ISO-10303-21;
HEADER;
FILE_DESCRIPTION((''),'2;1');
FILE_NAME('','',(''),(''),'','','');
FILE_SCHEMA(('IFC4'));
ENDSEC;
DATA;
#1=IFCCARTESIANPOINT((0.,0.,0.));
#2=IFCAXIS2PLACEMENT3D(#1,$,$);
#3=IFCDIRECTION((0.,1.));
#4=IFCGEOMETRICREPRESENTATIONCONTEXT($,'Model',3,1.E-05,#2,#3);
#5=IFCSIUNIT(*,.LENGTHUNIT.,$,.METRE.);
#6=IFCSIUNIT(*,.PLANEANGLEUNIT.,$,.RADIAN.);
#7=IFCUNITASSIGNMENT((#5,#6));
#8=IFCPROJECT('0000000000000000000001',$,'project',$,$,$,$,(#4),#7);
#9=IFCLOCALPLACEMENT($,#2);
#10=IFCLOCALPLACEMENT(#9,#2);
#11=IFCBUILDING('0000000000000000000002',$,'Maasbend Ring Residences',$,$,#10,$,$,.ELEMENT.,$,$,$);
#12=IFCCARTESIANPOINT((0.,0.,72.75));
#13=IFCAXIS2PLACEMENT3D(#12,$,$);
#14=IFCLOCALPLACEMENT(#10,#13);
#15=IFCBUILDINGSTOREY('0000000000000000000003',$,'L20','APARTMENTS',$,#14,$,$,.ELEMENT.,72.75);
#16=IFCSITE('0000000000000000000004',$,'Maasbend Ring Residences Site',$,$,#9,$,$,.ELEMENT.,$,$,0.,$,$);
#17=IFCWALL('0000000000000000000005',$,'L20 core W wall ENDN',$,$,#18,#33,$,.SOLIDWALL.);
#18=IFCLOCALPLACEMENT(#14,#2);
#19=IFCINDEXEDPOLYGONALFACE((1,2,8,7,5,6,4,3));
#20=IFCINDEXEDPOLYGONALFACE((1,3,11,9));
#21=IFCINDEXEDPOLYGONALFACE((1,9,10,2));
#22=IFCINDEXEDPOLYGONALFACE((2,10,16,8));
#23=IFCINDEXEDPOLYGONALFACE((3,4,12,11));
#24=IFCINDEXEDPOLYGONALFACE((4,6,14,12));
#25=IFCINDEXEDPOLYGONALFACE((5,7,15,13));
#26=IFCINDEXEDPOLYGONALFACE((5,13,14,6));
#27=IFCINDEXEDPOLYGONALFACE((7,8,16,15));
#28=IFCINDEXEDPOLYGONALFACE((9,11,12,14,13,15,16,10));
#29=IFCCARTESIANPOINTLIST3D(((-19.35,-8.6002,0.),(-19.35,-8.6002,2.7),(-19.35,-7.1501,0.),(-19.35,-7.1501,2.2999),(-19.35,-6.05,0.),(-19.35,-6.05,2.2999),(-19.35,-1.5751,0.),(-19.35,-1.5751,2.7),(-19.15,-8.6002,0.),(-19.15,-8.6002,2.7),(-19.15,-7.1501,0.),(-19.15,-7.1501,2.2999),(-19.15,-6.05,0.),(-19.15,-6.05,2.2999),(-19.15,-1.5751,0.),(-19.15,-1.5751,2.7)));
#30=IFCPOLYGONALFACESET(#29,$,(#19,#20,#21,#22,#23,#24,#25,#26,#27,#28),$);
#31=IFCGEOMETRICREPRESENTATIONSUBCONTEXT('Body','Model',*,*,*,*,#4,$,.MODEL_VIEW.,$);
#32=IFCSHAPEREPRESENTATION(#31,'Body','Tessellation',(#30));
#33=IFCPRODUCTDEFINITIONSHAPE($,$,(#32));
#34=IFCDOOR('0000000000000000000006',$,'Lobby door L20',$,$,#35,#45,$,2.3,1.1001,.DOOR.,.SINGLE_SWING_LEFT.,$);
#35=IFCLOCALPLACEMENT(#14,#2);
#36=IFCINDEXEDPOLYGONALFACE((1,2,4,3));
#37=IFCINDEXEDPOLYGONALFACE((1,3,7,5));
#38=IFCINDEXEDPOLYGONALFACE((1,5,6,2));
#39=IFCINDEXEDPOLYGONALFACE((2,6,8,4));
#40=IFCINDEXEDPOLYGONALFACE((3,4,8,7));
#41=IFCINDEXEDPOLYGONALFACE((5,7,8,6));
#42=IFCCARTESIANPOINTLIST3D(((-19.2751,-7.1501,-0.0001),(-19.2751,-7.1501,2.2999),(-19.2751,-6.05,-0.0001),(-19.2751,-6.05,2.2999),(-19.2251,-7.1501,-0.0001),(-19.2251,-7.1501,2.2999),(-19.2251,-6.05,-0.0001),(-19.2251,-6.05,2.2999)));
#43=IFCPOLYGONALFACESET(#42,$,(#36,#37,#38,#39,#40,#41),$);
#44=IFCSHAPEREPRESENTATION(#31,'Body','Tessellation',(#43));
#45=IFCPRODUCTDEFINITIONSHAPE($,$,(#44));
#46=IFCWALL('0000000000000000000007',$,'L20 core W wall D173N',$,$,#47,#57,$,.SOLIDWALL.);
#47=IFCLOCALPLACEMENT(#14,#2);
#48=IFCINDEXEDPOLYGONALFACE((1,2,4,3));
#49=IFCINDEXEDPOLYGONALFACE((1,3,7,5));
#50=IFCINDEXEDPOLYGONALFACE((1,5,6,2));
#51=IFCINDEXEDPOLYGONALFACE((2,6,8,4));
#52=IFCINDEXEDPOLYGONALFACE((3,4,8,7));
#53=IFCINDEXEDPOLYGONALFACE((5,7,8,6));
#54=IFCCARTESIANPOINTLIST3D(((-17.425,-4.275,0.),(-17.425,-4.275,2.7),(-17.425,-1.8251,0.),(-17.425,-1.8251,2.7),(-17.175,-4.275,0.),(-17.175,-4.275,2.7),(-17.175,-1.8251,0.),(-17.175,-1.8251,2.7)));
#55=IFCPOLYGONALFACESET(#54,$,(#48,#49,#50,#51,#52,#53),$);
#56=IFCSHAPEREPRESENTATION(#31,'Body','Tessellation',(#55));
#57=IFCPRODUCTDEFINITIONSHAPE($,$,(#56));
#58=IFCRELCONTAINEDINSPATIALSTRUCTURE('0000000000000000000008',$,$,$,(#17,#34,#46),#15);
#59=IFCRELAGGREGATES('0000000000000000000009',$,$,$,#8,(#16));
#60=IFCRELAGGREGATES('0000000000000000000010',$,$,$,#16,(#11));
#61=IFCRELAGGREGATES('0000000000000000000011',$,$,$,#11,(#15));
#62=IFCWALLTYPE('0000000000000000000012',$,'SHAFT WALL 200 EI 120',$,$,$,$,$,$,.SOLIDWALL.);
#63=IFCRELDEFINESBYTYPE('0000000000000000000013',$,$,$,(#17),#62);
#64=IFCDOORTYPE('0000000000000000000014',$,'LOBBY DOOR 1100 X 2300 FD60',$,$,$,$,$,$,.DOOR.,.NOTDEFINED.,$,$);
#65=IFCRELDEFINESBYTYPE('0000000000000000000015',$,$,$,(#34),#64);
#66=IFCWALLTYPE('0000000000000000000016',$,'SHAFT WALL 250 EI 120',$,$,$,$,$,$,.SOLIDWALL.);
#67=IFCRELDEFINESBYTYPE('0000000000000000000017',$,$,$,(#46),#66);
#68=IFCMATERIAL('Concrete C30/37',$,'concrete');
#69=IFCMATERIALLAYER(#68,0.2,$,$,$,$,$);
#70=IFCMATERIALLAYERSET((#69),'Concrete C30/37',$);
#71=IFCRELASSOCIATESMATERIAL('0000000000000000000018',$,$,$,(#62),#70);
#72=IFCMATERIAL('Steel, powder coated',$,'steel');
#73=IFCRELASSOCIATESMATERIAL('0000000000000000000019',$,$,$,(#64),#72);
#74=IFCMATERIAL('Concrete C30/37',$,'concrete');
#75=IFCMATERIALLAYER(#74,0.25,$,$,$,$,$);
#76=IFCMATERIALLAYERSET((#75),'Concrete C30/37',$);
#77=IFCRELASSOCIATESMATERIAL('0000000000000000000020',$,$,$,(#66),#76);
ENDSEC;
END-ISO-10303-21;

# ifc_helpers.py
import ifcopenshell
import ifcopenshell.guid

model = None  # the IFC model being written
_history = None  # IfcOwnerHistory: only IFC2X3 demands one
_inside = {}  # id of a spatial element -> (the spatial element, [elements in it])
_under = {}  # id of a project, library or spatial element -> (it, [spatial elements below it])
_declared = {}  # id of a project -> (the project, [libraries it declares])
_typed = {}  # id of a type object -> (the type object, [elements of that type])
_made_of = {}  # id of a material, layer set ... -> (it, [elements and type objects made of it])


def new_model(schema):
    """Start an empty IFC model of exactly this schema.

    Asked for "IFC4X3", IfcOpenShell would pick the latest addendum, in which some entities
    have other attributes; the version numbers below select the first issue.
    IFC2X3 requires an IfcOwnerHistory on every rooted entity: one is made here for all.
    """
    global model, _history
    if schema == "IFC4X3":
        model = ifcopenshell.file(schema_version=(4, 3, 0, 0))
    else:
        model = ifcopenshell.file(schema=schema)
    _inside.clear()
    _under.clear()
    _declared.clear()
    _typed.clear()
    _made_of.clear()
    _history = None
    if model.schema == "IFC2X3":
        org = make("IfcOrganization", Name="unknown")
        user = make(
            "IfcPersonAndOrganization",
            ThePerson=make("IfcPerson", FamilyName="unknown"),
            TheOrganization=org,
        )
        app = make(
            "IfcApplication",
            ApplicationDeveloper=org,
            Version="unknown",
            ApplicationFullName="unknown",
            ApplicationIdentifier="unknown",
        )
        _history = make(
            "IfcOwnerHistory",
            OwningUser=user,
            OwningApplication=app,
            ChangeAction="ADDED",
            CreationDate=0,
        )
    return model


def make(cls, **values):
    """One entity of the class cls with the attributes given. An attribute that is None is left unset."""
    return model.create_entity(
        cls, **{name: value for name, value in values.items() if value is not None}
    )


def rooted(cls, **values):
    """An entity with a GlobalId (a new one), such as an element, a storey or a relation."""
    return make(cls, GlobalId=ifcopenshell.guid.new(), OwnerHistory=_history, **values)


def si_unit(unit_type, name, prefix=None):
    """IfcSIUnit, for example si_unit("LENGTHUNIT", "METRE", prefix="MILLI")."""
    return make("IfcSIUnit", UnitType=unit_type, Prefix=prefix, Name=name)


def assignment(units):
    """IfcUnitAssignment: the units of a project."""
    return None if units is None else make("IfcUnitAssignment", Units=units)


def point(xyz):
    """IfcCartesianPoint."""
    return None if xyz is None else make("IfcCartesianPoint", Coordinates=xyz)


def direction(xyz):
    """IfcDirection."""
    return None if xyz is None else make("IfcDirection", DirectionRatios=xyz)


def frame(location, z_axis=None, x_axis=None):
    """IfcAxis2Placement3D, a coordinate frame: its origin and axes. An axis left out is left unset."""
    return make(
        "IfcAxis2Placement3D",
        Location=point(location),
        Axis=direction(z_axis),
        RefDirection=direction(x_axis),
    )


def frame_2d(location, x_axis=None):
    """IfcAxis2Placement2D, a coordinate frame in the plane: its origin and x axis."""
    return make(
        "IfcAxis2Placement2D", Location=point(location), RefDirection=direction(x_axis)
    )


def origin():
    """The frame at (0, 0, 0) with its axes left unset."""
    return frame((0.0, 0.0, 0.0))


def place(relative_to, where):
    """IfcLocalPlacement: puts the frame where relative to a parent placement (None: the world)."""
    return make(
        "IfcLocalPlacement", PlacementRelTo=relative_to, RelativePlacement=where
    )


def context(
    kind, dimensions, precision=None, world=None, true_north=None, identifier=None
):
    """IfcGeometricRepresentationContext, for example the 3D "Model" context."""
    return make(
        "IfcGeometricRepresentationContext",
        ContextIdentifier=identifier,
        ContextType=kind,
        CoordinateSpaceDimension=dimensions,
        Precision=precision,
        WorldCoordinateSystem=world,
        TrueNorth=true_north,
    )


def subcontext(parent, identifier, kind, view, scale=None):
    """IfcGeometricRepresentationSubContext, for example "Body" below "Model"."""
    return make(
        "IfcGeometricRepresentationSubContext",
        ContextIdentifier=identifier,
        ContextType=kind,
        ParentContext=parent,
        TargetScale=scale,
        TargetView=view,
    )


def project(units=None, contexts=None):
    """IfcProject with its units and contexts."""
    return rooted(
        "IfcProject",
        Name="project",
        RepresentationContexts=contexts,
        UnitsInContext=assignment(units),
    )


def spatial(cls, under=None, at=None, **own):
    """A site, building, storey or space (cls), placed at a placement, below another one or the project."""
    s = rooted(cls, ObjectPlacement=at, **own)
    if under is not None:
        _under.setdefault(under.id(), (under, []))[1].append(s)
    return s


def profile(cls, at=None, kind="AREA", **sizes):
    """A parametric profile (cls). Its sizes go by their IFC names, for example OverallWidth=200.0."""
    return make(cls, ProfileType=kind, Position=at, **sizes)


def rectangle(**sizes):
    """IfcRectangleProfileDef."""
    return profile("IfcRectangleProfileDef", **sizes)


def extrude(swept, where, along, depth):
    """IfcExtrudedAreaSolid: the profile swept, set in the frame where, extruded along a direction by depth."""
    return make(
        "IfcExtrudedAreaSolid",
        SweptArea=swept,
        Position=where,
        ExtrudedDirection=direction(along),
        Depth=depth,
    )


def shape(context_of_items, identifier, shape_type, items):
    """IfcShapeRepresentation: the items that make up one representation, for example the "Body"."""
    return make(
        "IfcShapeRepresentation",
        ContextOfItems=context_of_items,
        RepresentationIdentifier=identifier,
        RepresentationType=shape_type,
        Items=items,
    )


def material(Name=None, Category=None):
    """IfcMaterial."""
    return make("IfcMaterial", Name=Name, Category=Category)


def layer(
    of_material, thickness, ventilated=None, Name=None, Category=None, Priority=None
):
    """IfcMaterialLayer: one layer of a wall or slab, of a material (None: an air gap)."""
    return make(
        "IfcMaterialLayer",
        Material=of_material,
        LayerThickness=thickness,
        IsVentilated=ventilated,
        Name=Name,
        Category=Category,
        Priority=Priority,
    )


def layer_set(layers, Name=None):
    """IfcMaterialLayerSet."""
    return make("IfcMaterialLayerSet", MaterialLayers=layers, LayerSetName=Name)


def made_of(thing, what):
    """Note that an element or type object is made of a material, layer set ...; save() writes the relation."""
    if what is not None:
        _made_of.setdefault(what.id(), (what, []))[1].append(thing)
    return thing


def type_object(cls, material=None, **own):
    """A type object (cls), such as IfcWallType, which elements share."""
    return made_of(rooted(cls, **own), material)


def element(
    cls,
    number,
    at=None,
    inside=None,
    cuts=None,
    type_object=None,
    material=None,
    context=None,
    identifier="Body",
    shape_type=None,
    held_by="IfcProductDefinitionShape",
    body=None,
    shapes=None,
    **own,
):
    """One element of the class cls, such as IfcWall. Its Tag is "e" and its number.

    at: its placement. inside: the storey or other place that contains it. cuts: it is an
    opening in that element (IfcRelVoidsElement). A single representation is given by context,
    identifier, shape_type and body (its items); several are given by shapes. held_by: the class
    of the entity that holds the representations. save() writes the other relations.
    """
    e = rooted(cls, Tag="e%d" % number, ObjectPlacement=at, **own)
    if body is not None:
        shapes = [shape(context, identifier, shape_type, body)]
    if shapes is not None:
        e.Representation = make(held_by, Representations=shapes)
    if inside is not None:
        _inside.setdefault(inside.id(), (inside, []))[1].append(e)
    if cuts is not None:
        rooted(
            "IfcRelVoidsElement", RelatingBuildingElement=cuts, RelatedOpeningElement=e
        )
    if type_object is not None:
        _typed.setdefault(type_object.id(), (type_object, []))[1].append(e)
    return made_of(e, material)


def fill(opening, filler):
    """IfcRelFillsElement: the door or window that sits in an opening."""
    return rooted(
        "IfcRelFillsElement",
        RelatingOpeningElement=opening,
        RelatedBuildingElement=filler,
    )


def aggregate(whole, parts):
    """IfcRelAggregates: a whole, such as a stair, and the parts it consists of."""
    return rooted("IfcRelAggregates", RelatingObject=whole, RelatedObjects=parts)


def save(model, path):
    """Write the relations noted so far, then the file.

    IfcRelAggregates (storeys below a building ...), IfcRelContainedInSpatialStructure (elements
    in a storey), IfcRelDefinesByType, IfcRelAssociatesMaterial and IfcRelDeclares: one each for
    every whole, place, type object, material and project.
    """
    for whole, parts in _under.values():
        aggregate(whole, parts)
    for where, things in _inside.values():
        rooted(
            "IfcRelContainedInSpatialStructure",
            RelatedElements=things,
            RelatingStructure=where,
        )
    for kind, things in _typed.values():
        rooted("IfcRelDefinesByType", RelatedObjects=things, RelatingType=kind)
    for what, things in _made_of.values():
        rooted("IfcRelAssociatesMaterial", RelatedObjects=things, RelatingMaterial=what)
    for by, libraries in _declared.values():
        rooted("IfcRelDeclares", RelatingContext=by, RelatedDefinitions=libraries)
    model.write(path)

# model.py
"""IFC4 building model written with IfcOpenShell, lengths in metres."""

from ifc_helpers import new_model, si_unit, direction, frame, frame_2d, origin, place, context, subcontext, project, spatial, rectangle, extrude, material, layer, layer_set, type_object, element, fill, save


model = new_model("IFC4")

# Units and contexts
model_context = context("Model", 3, precision=1e-05, world=origin(), true_north=direction((0.0, 1.0)))
body_context = subcontext(model_context, "Body", "Model", "MODEL_VIEW")
ifc_project = project(units=[si_unit("LENGTHUNIT", "METRE"), si_unit("PLANEANGLEUNIT", "RADIAN")], contexts=[model_context])

# Site, building, storey
site_placement = place(None, origin())
site = spatial("IfcSite", under=ifc_project, at=site_placement, Name="Maasbend Ring Residences Site", CompositionType="ELEMENT", RefElevation=0.0)
building_placement = place(site_placement, origin())
building = spatial("IfcBuilding", under=site, at=building_placement, Name="Maasbend Ring Residences", CompositionType="ELEMENT")
storey_placement = place(building_placement, frame((0.0, 0.0, 72.75)))
storey = spatial("IfcBuildingStorey", under=building, at=storey_placement, Name="L20", Description="APARTMENTS", CompositionType="ELEMENT", Elevation=72.75)

# Wall, opening, door
ifc_material_1 = material(Name="Concrete C30/37", Category="concrete")
ifc_layer_1 = layer(ifc_material_1, 0.2)
ifc_layer_set_1 = layer_set([ifc_layer_1], Name="Concrete C30/37")
wall_type_1 = type_object("IfcWallType", Name="SHAFT WALL 200 EI 120", PredefinedType="SOLIDWALL", material=ifc_layer_set_1)
wall_1_placement = place(storey_placement, frame((-19.25, -1.575, 0.0), z_axis=(0.0, 0.0, 1.0), x_axis=(0.0, -1.0, 0.0)))
wall_1 = element("IfcWall", 1, at=wall_1_placement, inside=storey, type_object=wall_type_1, Name="L20 core W wall ENDN", PredefinedType="SOLIDWALL", context=body_context, shape_type="SweptSolid", body=[
    extrude(rectangle(XDim=7.0251, YDim=0.2, at=frame_2d((3.5127, 0.0))), origin(), (0.0, 0.0, 1.0), 2.7),
])
opening_1_placement = place(wall_1_placement, frame((4.4751, 0.0, 0.0)))
opening_1 = element("IfcOpeningElement", 2, at=opening_1_placement, cuts=wall_1, PredefinedType="OPENING", context=body_context, shape_type="SweptSolid", body=[
    extrude(rectangle(XDim=1.1001, YDim=2.3, at=frame_2d((0.55, 1.1499))), frame((0.0, 0.1099, 0.0), z_axis=(0.0, -1.0, 0.0), x_axis=(1.0, 0.0, 0.0)), (0.0, 0.0, 1.0), 0.22),
])
ifc_material_2 = material(Name="Steel, powder coated", Category="steel")
door_type_1 = type_object("IfcDoorType", Name="LOBBY DOOR 1100 X 2300 FD60", OperationType="NOTDEFINED", PredefinedType="DOOR", material=ifc_material_2)
door_1_placement = place(opening_1_placement, origin())
door_1 = element("IfcDoor", 3, at=door_1_placement, inside=storey, type_object=door_type_1, Name="Lobby door L20", OperationType="SINGLE_SWING_LEFT", OverallHeight=2.3, OverallWidth=1.1001, PredefinedType="DOOR", context=body_context, shape_type="SweptSolid", body=[
    extrude(rectangle(XDim=1.1001, YDim=2.3, at=frame_2d((0.55, 1.1499))), frame((0.0, 0.0249, 0.0), z_axis=(0.0, -1.0, 0.0), x_axis=(1.0, 0.0, 0.0)), (0.0, 0.0, 1.0), 0.05),
])
fill(opening_1, door_1)

# Wall
ifc_material_3 = material(Name="Concrete C30/37", Category="concrete")
ifc_layer_2 = layer(ifc_material_3, 0.25)
ifc_layer_set_2 = layer_set([ifc_layer_2], Name="Concrete C30/37")
wall_type_2 = type_object("IfcWallType", Name="SHAFT WALL 250 EI 120", PredefinedType="SOLIDWALL", material=ifc_layer_set_2)
wall_2_placement = place(storey_placement, frame((-17.3, -1.825, 0.0), z_axis=(0.0, 0.0, 1.0), x_axis=(0.0, -1.0, 0.0)))
element("IfcWall", 4, at=wall_2_placement, inside=storey, type_object=wall_type_2, Name="L20 core W wall D173N", PredefinedType="SOLIDWALL", context=body_context, shape_type="SweptSolid", body=[
    extrude(rectangle(XDim=2.45, YDim=0.25, at=frame_2d((1.2251, 0.0))), origin(), (0.0, 0.0, 1.0), 2.7),
])

save(model, "model.ifc")
